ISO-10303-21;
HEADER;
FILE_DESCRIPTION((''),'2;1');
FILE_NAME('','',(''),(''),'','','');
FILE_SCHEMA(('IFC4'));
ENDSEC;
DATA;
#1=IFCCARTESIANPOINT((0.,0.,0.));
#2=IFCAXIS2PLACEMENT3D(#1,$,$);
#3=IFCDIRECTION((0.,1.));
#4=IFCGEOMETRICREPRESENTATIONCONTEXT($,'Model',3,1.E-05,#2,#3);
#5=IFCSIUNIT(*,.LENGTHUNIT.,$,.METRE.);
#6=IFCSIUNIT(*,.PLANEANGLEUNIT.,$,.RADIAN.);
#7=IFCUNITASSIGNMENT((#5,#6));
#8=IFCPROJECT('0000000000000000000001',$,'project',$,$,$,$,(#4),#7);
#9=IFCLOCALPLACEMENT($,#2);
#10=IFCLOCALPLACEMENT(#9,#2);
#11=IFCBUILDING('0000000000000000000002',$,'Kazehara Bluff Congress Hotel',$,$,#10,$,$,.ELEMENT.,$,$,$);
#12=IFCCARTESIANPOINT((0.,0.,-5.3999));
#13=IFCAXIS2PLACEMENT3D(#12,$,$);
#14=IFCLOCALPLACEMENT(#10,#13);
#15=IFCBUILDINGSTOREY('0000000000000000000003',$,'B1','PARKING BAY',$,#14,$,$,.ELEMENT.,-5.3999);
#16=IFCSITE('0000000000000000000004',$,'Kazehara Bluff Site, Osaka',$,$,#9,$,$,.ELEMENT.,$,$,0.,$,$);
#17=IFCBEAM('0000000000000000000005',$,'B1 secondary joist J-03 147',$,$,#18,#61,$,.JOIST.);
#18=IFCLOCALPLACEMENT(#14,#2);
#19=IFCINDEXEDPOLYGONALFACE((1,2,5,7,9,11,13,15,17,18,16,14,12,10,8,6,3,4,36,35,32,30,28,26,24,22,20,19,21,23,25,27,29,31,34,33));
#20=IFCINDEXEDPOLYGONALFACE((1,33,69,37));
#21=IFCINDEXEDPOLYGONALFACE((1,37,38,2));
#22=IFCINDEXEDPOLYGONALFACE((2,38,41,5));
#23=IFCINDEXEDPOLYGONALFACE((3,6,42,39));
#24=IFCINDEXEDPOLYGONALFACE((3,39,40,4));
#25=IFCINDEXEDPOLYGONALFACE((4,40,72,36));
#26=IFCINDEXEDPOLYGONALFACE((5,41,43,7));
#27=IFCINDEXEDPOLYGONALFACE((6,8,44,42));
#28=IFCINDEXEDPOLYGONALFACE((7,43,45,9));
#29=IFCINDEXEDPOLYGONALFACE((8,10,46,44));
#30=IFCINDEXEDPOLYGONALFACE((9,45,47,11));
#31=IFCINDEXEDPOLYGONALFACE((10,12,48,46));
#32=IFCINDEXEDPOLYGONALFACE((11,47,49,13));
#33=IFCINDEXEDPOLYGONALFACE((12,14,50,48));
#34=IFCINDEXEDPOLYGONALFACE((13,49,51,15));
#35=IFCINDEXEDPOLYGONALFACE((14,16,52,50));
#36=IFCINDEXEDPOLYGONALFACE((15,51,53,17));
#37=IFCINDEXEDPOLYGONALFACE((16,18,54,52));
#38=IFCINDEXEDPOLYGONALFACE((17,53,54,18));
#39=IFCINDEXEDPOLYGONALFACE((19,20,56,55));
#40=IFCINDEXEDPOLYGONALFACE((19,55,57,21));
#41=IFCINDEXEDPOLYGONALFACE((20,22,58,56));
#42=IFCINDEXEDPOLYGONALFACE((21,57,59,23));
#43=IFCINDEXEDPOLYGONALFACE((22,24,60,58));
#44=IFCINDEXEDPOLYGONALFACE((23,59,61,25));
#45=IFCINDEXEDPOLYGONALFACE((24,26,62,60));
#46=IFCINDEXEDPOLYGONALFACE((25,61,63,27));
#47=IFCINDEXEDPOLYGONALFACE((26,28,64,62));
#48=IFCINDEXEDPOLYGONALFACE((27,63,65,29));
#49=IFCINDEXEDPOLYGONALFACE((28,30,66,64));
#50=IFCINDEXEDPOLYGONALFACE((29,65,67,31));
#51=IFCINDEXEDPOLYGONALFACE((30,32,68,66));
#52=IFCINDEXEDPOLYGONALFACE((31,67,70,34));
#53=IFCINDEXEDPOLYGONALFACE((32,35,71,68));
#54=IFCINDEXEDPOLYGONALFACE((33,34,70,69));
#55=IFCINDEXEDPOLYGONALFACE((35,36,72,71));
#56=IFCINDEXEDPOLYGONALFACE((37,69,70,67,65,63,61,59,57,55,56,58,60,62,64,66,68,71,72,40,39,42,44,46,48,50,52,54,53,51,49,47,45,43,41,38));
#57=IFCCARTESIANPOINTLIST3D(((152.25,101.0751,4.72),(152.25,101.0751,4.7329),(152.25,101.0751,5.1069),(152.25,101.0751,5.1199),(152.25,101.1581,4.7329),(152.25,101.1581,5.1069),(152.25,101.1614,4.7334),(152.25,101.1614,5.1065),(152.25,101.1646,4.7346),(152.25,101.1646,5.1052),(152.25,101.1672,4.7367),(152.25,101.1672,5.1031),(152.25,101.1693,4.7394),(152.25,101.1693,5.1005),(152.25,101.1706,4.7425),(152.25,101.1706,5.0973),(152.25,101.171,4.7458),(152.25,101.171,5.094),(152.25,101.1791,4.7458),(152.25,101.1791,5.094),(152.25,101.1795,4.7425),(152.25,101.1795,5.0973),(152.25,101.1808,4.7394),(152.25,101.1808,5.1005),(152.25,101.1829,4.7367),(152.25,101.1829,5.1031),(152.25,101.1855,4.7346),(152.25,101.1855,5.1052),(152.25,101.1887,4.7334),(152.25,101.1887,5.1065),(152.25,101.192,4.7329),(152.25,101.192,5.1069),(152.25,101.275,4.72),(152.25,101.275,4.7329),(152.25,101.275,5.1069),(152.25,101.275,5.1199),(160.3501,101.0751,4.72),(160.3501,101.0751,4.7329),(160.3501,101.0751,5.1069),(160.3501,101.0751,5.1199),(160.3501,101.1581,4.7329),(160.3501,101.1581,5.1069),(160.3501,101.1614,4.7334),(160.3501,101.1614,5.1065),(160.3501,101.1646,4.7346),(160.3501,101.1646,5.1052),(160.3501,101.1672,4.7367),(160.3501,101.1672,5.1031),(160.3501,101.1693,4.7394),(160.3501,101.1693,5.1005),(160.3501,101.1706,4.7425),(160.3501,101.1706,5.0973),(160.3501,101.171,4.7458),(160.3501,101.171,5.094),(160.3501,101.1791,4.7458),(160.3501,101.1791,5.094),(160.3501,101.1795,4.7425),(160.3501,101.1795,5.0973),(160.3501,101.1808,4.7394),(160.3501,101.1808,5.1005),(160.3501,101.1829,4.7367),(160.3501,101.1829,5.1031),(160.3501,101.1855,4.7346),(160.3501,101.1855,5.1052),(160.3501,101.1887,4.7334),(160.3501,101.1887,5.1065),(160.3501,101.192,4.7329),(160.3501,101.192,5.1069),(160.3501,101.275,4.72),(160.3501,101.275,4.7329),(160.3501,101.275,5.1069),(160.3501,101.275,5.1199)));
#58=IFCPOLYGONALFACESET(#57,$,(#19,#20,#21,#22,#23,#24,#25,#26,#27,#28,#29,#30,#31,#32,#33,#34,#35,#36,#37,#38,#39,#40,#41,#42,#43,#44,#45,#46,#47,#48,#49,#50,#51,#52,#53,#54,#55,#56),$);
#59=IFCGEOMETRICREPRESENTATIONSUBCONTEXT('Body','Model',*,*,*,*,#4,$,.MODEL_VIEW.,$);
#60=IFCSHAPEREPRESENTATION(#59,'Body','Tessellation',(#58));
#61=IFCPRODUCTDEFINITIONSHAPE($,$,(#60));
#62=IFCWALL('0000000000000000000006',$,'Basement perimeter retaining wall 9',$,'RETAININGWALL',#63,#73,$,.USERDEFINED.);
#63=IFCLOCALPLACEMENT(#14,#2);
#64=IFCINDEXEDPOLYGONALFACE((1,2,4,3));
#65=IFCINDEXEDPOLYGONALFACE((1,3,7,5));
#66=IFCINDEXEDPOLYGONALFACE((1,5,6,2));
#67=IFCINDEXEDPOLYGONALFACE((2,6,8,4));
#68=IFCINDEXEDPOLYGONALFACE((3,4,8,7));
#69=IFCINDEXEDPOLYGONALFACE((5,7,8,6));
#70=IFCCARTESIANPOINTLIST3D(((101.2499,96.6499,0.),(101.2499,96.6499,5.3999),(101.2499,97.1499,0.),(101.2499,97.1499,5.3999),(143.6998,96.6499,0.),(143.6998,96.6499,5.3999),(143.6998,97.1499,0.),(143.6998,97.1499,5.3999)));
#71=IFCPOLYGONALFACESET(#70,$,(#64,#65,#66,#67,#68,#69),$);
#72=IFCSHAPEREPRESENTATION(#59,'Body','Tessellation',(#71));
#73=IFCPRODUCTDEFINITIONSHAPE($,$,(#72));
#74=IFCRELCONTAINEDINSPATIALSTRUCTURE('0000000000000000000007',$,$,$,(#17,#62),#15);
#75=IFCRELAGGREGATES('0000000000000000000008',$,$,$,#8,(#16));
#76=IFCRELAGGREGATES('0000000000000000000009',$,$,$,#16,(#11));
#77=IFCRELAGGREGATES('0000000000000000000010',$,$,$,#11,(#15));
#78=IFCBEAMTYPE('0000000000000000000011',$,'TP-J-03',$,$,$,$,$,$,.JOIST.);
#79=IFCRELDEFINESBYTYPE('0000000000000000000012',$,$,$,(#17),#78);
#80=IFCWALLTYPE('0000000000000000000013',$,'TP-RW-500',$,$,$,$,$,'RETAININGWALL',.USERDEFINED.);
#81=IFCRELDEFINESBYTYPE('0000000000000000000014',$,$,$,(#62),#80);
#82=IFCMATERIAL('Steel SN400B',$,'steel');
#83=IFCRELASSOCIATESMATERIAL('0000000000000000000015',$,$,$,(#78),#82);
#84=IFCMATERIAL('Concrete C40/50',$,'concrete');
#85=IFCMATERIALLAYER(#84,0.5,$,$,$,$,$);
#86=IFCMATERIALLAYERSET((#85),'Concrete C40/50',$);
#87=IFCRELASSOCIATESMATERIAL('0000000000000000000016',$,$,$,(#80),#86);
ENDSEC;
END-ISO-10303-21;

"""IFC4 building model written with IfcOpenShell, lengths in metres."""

from ifc_helpers import new_model, si_unit, direction, frame, frame_2d, origin, origin_2d, place, context, subcontext, project, spatial, rectangle, i_section, extrude, material, layer, layer_set, material_profile, profile_set, type_object, element, save


model = new_model("IFC4")

# Units and contexts
model_context = context("Model", 3, precision=1e-05, world=origin(), true_north=direction((0.0, 1.0)))
body_context = subcontext(model_context, "Body", "Model", "MODEL_VIEW")
ifc_project = project(units=[si_unit("LENGTHUNIT", "METRE"), si_unit("PLANEANGLEUNIT", "RADIAN")], contexts=[model_context])

# Site, building, storey
site_placement = place(None, origin())
site = spatial("IfcSite", under=ifc_project, at=site_placement, Name="Kazehara Bluff Site, Osaka", CompositionType="ELEMENT", RefElevation=0.0)
building_placement = place(site_placement, origin())
building = spatial("IfcBuilding", under=site, at=building_placement, Name="Kazehara Bluff Congress Hotel", CompositionType="ELEMENT")
storey_placement = place(building_placement, frame((0.0, 0.0, -5.3999)))
storey = spatial("IfcBuildingStorey", under=building, at=storey_placement, Name="B1", Description="PARKING BAY", CompositionType="ELEMENT", Elevation=-5.3999)

# Beam
ifc_material_1 = material(Name="Steel SN400B", Category="steel")
ifc_material_profile_1 = material_profile(ifc_material_1, i_section(OverallWidth=0.2, OverallDepth=0.3999, WebThickness=0.0081, FlangeThickness=0.0129, FilletRadius=0.0129, at=origin_2d()))
ifc_profile_set_1 = profile_set([ifc_material_profile_1], Name="Steel SN400B")
beam_type_1 = type_object("IfcBeamType", Name="TP-J-03", PredefinedType="JOIST", material=ifc_profile_set_1)
beam_1_placement = place(storey_placement, frame((152.25, 101.175, 4.9199), z_axis=(1.0, 0.0, 0.0), x_axis=(0.0, 1.0, 0.0)))
element("IfcBeam", 1, at=beam_1_placement, inside=storey, type_object=beam_type_1, Name="B1 secondary joist J-03 147", PredefinedType="JOIST", context=body_context, shape_type="SweptSolid", body=[
    extrude(i_section(OverallWidth=0.2, OverallDepth=0.3999, WebThickness=0.0081, FlangeThickness=0.0129, FilletRadius=0.0129, at=origin_2d()), origin(), (0.0, 0.0, 1.0), 8.1001),
])

# Wall
ifc_material_2 = material(Name="Concrete C40/50", Category="concrete")
ifc_layer_1 = layer(ifc_material_2, 0.5)
ifc_layer_set_1 = layer_set([ifc_layer_1], Name="Concrete C40/50")
wall_type = type_object("IfcWallType", Name="TP-RW-500", ElementType="RETAININGWALL", PredefinedType="USERDEFINED", material=ifc_layer_set_1)
wall_placement = place(storey_placement, frame((143.7, 96.8999, 0.0), z_axis=(0.0, 0.0, 1.0), x_axis=(-1.0, 0.0, 0.0)))
element("IfcWall", 2, at=wall_placement, inside=storey, type_object=wall_type, Name="Basement perimeter retaining wall 9", ObjectType="RETAININGWALL", PredefinedType="USERDEFINED", context=body_context, shape_type="SweptSolid", body=[
    extrude(rectangle(XDim=42.45, YDim=0.5, at=frame_2d((21.2251, 0.0))), origin(), (0.0, 0.0, 1.0), 5.3999),
])

save(model, "model.ifc")
